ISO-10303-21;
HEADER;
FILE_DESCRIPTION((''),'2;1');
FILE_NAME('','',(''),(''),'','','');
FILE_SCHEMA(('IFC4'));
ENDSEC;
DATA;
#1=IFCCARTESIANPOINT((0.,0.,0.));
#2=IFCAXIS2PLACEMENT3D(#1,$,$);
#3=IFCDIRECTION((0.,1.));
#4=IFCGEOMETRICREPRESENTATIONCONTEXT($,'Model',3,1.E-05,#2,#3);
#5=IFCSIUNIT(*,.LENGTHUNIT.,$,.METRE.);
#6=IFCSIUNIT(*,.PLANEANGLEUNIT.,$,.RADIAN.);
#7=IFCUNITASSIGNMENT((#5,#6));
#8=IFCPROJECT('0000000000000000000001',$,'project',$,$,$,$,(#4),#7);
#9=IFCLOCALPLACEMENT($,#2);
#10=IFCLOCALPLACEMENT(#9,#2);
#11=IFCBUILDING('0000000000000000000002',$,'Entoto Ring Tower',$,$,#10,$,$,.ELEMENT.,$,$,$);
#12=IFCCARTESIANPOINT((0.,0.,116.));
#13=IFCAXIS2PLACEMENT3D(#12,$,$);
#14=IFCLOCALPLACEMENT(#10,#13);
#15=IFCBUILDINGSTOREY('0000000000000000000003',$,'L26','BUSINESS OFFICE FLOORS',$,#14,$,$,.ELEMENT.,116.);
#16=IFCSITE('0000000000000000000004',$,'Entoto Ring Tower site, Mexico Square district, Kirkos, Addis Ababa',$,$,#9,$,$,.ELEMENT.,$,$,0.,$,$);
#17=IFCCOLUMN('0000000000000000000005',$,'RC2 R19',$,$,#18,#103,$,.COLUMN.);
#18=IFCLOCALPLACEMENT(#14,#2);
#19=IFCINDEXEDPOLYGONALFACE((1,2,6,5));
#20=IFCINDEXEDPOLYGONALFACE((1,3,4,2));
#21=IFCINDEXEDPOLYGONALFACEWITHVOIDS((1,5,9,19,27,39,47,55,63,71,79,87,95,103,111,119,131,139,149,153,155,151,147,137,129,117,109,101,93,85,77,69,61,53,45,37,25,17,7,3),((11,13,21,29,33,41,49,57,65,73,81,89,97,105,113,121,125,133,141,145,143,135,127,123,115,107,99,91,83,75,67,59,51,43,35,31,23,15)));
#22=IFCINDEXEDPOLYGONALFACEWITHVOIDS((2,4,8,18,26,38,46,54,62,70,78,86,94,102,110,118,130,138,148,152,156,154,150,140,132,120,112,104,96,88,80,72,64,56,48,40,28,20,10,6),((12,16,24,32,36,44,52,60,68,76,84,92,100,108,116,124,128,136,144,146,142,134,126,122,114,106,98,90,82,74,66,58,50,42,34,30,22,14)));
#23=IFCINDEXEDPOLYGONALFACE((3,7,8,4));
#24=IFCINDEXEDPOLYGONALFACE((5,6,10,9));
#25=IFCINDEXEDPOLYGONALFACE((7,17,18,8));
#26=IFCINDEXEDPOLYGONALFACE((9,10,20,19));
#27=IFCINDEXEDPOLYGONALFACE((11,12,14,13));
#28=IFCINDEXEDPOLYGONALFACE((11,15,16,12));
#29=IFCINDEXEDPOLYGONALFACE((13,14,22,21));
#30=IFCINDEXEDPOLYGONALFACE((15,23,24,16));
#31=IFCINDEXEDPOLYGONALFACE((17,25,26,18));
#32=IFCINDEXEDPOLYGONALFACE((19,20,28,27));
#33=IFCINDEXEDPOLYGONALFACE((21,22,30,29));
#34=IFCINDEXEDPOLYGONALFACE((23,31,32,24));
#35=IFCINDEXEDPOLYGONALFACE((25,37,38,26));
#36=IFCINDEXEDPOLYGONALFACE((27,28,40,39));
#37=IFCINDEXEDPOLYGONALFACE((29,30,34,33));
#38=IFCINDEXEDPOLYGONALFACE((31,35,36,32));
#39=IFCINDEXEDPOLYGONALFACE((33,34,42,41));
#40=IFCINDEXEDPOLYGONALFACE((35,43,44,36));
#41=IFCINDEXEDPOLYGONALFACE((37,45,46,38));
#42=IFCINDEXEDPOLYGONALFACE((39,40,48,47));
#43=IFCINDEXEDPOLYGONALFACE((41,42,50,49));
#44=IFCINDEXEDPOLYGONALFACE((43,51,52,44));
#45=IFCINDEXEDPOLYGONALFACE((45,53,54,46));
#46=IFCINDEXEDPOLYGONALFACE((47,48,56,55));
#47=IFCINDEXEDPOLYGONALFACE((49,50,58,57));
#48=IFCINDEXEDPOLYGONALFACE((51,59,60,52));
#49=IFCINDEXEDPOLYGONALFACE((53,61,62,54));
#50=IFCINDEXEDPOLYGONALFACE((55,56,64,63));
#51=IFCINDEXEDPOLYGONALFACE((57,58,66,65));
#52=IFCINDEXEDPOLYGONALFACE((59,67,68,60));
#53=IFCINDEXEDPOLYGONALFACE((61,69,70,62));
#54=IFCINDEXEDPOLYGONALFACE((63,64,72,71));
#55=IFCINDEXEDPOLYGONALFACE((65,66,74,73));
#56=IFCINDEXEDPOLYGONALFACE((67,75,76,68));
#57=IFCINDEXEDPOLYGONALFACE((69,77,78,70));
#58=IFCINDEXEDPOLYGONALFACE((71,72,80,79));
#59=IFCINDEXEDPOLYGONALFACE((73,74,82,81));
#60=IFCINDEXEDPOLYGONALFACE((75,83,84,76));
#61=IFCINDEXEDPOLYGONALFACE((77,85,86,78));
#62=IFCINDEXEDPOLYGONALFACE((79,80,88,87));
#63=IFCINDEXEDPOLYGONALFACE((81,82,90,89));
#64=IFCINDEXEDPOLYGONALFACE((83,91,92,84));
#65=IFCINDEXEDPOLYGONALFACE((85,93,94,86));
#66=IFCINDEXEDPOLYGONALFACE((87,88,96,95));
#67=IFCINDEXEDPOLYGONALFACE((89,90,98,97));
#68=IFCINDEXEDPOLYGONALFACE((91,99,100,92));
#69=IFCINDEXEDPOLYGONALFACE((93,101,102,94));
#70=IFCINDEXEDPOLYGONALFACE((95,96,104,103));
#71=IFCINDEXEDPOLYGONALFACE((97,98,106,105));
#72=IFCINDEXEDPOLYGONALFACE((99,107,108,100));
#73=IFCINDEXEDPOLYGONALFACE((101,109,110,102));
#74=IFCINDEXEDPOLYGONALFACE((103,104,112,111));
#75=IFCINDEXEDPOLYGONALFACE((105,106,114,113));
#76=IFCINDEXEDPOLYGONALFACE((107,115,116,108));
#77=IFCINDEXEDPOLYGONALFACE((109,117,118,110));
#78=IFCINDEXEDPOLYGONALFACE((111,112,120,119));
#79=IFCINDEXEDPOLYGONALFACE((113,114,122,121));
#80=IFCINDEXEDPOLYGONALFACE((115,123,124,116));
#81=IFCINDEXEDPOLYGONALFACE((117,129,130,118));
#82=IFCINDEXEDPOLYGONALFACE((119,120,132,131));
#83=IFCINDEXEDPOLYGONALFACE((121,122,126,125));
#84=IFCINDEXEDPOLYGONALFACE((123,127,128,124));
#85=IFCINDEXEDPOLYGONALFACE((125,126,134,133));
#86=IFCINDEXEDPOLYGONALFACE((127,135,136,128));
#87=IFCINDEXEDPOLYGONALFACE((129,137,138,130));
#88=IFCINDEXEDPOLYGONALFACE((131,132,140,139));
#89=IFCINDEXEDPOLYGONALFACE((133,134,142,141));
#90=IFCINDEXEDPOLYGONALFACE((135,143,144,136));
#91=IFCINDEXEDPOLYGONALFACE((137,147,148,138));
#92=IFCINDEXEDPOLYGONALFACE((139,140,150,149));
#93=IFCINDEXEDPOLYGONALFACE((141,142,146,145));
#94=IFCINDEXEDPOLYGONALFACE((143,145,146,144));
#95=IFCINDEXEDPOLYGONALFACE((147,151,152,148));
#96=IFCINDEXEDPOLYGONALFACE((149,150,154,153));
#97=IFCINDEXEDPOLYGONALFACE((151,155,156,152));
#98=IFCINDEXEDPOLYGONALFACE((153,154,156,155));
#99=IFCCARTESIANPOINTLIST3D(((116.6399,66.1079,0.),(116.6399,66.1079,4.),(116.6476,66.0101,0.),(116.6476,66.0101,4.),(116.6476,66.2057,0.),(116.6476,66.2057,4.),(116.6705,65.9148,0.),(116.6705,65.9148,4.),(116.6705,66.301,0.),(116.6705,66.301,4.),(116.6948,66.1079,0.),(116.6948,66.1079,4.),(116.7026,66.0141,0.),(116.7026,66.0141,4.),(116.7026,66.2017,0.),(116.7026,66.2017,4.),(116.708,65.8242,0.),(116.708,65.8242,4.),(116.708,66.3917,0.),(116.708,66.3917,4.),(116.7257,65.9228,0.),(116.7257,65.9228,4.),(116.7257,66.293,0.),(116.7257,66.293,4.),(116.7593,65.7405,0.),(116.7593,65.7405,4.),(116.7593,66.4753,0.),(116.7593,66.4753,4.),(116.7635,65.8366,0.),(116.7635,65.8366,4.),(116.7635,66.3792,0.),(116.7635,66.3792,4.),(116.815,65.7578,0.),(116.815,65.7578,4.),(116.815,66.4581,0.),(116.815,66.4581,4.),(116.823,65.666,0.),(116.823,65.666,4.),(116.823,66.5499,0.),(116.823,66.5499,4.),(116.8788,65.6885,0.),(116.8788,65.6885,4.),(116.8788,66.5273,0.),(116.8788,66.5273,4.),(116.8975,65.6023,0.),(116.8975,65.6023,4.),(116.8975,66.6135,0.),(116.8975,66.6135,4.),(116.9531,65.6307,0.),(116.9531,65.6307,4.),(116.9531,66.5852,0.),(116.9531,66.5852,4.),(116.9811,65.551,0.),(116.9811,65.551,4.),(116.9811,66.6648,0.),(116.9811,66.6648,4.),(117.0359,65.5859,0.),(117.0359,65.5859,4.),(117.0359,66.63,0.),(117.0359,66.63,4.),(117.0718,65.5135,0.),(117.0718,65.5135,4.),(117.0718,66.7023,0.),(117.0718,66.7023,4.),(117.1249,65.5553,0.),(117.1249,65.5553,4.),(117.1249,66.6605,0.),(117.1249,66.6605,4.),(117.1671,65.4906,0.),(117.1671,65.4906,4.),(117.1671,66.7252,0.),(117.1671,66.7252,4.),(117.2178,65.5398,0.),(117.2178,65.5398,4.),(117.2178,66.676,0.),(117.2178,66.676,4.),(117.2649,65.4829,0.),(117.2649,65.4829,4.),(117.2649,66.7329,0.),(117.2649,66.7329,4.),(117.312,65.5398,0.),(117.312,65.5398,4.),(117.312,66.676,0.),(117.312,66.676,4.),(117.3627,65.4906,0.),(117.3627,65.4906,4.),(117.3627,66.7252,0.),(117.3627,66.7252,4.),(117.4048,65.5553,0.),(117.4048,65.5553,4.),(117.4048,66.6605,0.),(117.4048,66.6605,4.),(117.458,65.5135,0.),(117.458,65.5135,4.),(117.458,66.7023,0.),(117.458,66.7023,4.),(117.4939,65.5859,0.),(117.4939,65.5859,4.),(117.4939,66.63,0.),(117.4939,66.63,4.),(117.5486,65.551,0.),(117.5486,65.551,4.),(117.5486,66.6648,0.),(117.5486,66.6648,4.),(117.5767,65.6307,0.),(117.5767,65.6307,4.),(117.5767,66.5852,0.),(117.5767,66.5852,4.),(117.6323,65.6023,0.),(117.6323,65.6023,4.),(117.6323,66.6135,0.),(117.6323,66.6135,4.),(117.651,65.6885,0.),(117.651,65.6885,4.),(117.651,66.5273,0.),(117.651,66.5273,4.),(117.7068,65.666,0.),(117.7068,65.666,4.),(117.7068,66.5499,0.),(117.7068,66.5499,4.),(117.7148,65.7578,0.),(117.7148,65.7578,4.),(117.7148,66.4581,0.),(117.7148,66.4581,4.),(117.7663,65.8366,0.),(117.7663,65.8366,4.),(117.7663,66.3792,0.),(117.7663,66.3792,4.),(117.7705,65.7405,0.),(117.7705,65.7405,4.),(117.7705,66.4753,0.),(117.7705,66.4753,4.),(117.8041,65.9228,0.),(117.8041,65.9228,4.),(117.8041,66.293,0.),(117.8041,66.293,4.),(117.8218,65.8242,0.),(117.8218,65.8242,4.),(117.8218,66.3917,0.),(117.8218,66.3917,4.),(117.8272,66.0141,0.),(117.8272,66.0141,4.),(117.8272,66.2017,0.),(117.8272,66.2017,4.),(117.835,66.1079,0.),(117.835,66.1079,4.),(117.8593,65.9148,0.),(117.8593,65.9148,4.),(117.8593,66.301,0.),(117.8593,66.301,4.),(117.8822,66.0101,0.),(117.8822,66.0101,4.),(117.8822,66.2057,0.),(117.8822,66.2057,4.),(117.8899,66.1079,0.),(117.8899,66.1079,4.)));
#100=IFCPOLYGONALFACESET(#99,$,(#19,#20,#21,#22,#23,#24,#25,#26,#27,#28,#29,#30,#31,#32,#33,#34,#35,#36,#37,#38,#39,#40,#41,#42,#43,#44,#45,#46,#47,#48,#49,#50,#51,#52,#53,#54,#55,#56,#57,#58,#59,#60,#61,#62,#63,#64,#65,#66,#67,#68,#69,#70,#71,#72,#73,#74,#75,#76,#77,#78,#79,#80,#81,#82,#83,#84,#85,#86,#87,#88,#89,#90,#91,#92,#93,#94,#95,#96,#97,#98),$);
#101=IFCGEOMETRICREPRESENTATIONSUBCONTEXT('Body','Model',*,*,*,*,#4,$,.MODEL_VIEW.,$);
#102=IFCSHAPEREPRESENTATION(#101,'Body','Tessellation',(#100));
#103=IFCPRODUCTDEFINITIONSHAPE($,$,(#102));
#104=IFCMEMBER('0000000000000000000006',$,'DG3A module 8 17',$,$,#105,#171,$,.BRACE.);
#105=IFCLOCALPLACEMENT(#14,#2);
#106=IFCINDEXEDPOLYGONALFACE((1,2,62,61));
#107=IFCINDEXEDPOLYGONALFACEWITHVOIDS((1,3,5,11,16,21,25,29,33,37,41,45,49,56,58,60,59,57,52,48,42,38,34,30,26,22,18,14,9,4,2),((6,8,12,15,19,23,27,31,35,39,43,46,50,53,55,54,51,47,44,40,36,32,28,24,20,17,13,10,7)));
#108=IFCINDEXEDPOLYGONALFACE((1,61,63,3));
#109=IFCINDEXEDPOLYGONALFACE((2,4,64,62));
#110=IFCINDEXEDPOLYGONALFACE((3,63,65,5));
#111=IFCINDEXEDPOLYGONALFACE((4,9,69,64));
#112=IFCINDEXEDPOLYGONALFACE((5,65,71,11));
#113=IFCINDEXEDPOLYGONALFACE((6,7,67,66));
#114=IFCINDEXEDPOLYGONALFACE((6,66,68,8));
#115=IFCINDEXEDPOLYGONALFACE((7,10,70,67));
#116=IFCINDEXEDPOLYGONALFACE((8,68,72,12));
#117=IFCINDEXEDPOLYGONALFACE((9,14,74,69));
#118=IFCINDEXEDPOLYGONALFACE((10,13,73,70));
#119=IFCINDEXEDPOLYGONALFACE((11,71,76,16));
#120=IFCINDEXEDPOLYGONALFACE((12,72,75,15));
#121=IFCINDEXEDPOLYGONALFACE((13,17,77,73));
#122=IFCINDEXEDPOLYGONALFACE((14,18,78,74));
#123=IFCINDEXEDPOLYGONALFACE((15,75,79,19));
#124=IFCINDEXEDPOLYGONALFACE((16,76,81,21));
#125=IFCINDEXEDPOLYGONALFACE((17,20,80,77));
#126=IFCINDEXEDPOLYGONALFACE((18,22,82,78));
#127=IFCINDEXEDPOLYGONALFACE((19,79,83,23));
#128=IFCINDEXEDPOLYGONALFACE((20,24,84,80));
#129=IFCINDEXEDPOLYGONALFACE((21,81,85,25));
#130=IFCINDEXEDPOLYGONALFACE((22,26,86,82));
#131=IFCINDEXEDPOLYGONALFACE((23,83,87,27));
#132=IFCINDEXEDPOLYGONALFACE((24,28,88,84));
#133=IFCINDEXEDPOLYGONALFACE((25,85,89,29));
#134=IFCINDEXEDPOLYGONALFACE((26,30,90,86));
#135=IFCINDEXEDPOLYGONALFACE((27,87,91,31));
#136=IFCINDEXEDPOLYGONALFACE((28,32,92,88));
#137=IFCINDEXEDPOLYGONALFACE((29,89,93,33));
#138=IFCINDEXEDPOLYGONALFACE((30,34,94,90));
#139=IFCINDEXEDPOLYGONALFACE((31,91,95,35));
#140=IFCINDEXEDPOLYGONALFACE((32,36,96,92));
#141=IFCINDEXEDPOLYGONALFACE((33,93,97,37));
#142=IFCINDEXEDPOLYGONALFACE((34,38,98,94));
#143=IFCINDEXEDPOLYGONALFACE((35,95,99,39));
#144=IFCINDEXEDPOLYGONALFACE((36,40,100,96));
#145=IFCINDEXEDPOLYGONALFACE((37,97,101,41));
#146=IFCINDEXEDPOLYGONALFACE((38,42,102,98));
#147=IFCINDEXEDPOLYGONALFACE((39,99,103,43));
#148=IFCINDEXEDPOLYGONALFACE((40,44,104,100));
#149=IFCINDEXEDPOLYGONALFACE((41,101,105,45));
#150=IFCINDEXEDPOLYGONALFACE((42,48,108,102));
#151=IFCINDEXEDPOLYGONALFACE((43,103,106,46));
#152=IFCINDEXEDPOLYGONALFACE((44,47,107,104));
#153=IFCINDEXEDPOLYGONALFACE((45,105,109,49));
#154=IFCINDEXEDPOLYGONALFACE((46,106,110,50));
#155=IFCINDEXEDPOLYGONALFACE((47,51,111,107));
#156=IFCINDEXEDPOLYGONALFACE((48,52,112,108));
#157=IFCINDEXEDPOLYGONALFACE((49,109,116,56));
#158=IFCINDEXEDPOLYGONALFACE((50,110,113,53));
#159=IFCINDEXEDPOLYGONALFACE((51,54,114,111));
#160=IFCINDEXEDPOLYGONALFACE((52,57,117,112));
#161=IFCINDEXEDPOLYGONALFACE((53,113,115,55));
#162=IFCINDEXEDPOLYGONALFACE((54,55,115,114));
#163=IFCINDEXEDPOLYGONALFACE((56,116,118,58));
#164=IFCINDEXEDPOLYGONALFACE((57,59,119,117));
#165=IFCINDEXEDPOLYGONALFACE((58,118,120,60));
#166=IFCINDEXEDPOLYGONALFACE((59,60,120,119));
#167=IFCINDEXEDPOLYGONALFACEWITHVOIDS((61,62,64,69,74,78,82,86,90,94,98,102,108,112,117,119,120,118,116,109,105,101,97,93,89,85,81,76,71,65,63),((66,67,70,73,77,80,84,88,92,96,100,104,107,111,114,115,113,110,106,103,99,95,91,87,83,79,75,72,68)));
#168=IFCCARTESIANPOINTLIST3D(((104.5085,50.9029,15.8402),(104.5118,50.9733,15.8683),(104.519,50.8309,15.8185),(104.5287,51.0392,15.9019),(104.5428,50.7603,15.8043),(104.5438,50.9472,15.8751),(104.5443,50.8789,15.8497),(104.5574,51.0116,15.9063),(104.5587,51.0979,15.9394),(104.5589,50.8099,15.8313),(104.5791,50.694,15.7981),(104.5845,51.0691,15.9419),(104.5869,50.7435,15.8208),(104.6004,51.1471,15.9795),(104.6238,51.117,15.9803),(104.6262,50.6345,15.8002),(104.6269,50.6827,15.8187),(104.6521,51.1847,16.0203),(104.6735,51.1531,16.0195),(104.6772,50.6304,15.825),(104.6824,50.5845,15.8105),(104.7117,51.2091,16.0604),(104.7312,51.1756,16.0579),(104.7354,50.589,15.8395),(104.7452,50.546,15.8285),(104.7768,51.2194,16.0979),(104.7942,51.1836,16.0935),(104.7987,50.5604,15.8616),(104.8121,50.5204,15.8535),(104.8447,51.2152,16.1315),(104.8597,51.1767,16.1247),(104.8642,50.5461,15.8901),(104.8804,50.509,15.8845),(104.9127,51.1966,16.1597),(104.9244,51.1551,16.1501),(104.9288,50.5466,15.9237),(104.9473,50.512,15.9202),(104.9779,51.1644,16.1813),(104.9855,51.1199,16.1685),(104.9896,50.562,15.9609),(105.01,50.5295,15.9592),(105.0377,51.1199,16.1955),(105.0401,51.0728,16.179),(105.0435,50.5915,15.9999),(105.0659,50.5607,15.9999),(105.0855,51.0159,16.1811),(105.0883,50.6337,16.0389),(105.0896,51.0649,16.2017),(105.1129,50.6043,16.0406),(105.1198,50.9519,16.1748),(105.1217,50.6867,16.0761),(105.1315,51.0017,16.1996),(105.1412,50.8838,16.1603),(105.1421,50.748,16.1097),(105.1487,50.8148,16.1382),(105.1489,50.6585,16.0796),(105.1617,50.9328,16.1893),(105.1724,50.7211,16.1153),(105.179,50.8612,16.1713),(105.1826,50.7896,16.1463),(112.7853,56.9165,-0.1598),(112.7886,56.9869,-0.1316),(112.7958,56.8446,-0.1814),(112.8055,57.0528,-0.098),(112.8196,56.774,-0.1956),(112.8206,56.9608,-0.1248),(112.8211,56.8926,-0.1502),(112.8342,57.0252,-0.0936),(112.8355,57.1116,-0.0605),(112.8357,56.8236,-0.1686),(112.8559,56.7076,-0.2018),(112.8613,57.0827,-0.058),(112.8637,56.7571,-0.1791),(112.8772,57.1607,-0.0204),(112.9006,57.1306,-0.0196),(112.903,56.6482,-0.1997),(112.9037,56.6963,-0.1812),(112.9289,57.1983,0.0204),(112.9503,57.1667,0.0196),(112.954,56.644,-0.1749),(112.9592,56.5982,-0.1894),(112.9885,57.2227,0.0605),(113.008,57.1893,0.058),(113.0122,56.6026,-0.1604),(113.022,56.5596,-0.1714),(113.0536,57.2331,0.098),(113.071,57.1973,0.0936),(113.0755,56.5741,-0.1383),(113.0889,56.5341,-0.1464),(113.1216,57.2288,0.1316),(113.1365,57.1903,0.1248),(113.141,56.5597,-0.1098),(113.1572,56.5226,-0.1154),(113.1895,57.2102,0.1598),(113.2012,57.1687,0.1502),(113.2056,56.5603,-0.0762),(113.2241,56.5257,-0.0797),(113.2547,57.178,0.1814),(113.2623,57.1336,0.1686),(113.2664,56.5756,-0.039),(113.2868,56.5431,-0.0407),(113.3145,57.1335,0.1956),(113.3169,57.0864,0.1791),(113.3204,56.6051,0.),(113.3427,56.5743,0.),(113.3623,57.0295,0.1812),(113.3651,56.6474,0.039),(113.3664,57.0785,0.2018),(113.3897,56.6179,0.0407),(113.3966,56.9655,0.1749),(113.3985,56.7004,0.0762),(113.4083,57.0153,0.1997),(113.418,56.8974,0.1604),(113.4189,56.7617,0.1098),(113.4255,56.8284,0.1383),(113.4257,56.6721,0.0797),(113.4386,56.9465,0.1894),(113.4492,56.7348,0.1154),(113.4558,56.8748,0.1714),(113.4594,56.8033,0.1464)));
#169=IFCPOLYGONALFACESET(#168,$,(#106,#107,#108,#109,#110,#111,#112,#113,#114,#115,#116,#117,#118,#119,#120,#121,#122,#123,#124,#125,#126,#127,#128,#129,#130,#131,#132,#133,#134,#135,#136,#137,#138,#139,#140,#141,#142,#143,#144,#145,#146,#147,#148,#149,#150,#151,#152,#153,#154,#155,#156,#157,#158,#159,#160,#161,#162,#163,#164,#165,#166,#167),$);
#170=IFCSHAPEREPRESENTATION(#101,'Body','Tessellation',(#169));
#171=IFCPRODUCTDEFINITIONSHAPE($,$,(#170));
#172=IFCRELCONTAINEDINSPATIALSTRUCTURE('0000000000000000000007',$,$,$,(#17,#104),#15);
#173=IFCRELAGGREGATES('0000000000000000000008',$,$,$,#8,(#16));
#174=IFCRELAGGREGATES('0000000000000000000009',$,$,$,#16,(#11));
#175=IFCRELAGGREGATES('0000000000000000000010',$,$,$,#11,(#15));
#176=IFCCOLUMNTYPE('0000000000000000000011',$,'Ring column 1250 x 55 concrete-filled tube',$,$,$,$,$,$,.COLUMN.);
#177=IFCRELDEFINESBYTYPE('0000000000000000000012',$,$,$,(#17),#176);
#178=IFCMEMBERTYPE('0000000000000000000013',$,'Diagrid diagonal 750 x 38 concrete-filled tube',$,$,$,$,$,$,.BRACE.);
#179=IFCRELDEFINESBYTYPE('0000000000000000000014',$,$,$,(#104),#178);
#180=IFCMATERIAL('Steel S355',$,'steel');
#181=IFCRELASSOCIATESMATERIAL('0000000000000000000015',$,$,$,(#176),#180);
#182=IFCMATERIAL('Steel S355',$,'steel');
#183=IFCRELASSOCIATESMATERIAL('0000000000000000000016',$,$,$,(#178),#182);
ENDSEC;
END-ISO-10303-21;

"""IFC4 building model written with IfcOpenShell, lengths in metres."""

from ifc_helpers import new_model, si_unit, direction, frame, origin, origin_2d, place, context, subcontext, project, spatial, circle, hollow_circle, extrude, material, material_profile, profile_set, type_object, element, save


model = new_model("IFC4")

# Units and contexts
model_context = context("Model", 3, precision=1e-05, world=origin(), true_north=direction((0.0, 1.0)))
body_context = subcontext(model_context, "Body", "Model", "MODEL_VIEW")
ifc_project = project(units=[si_unit("LENGTHUNIT", "METRE"), si_unit("PLANEANGLEUNIT", "RADIAN")], contexts=[model_context])

# Site, building, storey
site_placement = place(None, origin())
site = spatial("IfcSite", under=ifc_project, at=site_placement, Name="Entoto Ring Tower site, Mexico Square district, Kirkos, Addis Ababa", CompositionType="ELEMENT", RefElevation=0.0)
building_placement = place(site_placement, origin())
building = spatial("IfcBuilding", under=site, at=building_placement, Name="Entoto Ring Tower", CompositionType="ELEMENT")
storey_placement = place(building_placement, frame((0.0, 0.0, 116.0)))
storey = spatial("IfcBuildingStorey", under=building, at=storey_placement, Name="L26", Description="BUSINESS OFFICE FLOORS", CompositionType="ELEMENT", Elevation=116.0)

# Column
ifc_material_1 = material(Name="Steel S355", Category="steel")
ifc_material_profile_1 = material_profile(ifc_material_1, hollow_circle(Radius=0.625, WallThickness=0.0549, at=origin_2d()), Name="CHS 1250 x 55")
ifc_material_2 = material(Name="Concrete C60/75", Category="concrete")
ifc_material_profile_2 = material_profile(ifc_material_2, circle(Radius=0.5701, at=origin_2d()), Name="Concrete C60/75 infill")
ifc_profile_set_1 = profile_set([ifc_material_profile_1, ifc_material_profile_2], Name="Steel S355")
column_type = type_object("IfcColumnType", Name="Ring column 1250 x 55 concrete-filled tube", PredefinedType="COLUMN", material=ifc_profile_set_1)
for number, where, z_axis, x_axis, name in (
    (1, (117.2649, 66.1079, 0.0), (0.0, 0.0, 1.0), (1.0, 0.0, 0.0), "RC2 R19"),
):
    element("IfcColumn", number, at=place(storey_placement, frame(where, z_axis=z_axis, x_axis=x_axis)), inside=storey, type_object=column_type, Name=name, PredefinedType="COLUMN", context=body_context, shape_type="SweptSolid", body=[
        extrude(hollow_circle(Radius=0.625, WallThickness=0.0549, at=origin_2d()), origin(), (0.0, 0.0, 1.0), 4.0),
    ])

# Member
ifc_material_3 = material(Name="Steel S355", Category="steel")
ifc_material_profile_3 = material_profile(ifc_material_3, hollow_circle(Radius=0.375, WallThickness=0.0381, at=origin_2d()), Name="CHS 750 x 38")
ifc_material_4 = material(Name="Concrete C60/75", Category="concrete")
ifc_material_profile_4 = material_profile(ifc_material_4, circle(Radius=0.3369, at=origin_2d()), Name="Concrete C60/75 infill")
ifc_profile_set_2 = profile_set([ifc_material_profile_3, ifc_material_profile_4], Name="Steel S355")
member_type_1 = type_object("IfcMemberType", Name="Diagrid diagonal 750 x 38 concrete-filled tube", PredefinedType="BRACE", material=ifc_profile_set_2)
for number, where, z_axis, x_axis, name in (
    (2, (113.1223, 56.8777, 0.0), (-0.435823, -0.316654, 0.84249), (0.587797, -0.809008, 0.0), "DG3A module 8 17"),
):
    element("IfcMember", number, at=place(storey_placement, frame(where, z_axis=z_axis, x_axis=x_axis)), inside=storey, type_object=member_type_1, Name=name, PredefinedType="BRACE", context=body_context, shape_type="SweptSolid", body=[
        extrude(hollow_circle(Radius=0.375, WallThickness=0.0381, at=origin_2d()), origin(), (0.0, 0.0, 1.0), 18.9912),
    ])

save(model, "model.ifc")
